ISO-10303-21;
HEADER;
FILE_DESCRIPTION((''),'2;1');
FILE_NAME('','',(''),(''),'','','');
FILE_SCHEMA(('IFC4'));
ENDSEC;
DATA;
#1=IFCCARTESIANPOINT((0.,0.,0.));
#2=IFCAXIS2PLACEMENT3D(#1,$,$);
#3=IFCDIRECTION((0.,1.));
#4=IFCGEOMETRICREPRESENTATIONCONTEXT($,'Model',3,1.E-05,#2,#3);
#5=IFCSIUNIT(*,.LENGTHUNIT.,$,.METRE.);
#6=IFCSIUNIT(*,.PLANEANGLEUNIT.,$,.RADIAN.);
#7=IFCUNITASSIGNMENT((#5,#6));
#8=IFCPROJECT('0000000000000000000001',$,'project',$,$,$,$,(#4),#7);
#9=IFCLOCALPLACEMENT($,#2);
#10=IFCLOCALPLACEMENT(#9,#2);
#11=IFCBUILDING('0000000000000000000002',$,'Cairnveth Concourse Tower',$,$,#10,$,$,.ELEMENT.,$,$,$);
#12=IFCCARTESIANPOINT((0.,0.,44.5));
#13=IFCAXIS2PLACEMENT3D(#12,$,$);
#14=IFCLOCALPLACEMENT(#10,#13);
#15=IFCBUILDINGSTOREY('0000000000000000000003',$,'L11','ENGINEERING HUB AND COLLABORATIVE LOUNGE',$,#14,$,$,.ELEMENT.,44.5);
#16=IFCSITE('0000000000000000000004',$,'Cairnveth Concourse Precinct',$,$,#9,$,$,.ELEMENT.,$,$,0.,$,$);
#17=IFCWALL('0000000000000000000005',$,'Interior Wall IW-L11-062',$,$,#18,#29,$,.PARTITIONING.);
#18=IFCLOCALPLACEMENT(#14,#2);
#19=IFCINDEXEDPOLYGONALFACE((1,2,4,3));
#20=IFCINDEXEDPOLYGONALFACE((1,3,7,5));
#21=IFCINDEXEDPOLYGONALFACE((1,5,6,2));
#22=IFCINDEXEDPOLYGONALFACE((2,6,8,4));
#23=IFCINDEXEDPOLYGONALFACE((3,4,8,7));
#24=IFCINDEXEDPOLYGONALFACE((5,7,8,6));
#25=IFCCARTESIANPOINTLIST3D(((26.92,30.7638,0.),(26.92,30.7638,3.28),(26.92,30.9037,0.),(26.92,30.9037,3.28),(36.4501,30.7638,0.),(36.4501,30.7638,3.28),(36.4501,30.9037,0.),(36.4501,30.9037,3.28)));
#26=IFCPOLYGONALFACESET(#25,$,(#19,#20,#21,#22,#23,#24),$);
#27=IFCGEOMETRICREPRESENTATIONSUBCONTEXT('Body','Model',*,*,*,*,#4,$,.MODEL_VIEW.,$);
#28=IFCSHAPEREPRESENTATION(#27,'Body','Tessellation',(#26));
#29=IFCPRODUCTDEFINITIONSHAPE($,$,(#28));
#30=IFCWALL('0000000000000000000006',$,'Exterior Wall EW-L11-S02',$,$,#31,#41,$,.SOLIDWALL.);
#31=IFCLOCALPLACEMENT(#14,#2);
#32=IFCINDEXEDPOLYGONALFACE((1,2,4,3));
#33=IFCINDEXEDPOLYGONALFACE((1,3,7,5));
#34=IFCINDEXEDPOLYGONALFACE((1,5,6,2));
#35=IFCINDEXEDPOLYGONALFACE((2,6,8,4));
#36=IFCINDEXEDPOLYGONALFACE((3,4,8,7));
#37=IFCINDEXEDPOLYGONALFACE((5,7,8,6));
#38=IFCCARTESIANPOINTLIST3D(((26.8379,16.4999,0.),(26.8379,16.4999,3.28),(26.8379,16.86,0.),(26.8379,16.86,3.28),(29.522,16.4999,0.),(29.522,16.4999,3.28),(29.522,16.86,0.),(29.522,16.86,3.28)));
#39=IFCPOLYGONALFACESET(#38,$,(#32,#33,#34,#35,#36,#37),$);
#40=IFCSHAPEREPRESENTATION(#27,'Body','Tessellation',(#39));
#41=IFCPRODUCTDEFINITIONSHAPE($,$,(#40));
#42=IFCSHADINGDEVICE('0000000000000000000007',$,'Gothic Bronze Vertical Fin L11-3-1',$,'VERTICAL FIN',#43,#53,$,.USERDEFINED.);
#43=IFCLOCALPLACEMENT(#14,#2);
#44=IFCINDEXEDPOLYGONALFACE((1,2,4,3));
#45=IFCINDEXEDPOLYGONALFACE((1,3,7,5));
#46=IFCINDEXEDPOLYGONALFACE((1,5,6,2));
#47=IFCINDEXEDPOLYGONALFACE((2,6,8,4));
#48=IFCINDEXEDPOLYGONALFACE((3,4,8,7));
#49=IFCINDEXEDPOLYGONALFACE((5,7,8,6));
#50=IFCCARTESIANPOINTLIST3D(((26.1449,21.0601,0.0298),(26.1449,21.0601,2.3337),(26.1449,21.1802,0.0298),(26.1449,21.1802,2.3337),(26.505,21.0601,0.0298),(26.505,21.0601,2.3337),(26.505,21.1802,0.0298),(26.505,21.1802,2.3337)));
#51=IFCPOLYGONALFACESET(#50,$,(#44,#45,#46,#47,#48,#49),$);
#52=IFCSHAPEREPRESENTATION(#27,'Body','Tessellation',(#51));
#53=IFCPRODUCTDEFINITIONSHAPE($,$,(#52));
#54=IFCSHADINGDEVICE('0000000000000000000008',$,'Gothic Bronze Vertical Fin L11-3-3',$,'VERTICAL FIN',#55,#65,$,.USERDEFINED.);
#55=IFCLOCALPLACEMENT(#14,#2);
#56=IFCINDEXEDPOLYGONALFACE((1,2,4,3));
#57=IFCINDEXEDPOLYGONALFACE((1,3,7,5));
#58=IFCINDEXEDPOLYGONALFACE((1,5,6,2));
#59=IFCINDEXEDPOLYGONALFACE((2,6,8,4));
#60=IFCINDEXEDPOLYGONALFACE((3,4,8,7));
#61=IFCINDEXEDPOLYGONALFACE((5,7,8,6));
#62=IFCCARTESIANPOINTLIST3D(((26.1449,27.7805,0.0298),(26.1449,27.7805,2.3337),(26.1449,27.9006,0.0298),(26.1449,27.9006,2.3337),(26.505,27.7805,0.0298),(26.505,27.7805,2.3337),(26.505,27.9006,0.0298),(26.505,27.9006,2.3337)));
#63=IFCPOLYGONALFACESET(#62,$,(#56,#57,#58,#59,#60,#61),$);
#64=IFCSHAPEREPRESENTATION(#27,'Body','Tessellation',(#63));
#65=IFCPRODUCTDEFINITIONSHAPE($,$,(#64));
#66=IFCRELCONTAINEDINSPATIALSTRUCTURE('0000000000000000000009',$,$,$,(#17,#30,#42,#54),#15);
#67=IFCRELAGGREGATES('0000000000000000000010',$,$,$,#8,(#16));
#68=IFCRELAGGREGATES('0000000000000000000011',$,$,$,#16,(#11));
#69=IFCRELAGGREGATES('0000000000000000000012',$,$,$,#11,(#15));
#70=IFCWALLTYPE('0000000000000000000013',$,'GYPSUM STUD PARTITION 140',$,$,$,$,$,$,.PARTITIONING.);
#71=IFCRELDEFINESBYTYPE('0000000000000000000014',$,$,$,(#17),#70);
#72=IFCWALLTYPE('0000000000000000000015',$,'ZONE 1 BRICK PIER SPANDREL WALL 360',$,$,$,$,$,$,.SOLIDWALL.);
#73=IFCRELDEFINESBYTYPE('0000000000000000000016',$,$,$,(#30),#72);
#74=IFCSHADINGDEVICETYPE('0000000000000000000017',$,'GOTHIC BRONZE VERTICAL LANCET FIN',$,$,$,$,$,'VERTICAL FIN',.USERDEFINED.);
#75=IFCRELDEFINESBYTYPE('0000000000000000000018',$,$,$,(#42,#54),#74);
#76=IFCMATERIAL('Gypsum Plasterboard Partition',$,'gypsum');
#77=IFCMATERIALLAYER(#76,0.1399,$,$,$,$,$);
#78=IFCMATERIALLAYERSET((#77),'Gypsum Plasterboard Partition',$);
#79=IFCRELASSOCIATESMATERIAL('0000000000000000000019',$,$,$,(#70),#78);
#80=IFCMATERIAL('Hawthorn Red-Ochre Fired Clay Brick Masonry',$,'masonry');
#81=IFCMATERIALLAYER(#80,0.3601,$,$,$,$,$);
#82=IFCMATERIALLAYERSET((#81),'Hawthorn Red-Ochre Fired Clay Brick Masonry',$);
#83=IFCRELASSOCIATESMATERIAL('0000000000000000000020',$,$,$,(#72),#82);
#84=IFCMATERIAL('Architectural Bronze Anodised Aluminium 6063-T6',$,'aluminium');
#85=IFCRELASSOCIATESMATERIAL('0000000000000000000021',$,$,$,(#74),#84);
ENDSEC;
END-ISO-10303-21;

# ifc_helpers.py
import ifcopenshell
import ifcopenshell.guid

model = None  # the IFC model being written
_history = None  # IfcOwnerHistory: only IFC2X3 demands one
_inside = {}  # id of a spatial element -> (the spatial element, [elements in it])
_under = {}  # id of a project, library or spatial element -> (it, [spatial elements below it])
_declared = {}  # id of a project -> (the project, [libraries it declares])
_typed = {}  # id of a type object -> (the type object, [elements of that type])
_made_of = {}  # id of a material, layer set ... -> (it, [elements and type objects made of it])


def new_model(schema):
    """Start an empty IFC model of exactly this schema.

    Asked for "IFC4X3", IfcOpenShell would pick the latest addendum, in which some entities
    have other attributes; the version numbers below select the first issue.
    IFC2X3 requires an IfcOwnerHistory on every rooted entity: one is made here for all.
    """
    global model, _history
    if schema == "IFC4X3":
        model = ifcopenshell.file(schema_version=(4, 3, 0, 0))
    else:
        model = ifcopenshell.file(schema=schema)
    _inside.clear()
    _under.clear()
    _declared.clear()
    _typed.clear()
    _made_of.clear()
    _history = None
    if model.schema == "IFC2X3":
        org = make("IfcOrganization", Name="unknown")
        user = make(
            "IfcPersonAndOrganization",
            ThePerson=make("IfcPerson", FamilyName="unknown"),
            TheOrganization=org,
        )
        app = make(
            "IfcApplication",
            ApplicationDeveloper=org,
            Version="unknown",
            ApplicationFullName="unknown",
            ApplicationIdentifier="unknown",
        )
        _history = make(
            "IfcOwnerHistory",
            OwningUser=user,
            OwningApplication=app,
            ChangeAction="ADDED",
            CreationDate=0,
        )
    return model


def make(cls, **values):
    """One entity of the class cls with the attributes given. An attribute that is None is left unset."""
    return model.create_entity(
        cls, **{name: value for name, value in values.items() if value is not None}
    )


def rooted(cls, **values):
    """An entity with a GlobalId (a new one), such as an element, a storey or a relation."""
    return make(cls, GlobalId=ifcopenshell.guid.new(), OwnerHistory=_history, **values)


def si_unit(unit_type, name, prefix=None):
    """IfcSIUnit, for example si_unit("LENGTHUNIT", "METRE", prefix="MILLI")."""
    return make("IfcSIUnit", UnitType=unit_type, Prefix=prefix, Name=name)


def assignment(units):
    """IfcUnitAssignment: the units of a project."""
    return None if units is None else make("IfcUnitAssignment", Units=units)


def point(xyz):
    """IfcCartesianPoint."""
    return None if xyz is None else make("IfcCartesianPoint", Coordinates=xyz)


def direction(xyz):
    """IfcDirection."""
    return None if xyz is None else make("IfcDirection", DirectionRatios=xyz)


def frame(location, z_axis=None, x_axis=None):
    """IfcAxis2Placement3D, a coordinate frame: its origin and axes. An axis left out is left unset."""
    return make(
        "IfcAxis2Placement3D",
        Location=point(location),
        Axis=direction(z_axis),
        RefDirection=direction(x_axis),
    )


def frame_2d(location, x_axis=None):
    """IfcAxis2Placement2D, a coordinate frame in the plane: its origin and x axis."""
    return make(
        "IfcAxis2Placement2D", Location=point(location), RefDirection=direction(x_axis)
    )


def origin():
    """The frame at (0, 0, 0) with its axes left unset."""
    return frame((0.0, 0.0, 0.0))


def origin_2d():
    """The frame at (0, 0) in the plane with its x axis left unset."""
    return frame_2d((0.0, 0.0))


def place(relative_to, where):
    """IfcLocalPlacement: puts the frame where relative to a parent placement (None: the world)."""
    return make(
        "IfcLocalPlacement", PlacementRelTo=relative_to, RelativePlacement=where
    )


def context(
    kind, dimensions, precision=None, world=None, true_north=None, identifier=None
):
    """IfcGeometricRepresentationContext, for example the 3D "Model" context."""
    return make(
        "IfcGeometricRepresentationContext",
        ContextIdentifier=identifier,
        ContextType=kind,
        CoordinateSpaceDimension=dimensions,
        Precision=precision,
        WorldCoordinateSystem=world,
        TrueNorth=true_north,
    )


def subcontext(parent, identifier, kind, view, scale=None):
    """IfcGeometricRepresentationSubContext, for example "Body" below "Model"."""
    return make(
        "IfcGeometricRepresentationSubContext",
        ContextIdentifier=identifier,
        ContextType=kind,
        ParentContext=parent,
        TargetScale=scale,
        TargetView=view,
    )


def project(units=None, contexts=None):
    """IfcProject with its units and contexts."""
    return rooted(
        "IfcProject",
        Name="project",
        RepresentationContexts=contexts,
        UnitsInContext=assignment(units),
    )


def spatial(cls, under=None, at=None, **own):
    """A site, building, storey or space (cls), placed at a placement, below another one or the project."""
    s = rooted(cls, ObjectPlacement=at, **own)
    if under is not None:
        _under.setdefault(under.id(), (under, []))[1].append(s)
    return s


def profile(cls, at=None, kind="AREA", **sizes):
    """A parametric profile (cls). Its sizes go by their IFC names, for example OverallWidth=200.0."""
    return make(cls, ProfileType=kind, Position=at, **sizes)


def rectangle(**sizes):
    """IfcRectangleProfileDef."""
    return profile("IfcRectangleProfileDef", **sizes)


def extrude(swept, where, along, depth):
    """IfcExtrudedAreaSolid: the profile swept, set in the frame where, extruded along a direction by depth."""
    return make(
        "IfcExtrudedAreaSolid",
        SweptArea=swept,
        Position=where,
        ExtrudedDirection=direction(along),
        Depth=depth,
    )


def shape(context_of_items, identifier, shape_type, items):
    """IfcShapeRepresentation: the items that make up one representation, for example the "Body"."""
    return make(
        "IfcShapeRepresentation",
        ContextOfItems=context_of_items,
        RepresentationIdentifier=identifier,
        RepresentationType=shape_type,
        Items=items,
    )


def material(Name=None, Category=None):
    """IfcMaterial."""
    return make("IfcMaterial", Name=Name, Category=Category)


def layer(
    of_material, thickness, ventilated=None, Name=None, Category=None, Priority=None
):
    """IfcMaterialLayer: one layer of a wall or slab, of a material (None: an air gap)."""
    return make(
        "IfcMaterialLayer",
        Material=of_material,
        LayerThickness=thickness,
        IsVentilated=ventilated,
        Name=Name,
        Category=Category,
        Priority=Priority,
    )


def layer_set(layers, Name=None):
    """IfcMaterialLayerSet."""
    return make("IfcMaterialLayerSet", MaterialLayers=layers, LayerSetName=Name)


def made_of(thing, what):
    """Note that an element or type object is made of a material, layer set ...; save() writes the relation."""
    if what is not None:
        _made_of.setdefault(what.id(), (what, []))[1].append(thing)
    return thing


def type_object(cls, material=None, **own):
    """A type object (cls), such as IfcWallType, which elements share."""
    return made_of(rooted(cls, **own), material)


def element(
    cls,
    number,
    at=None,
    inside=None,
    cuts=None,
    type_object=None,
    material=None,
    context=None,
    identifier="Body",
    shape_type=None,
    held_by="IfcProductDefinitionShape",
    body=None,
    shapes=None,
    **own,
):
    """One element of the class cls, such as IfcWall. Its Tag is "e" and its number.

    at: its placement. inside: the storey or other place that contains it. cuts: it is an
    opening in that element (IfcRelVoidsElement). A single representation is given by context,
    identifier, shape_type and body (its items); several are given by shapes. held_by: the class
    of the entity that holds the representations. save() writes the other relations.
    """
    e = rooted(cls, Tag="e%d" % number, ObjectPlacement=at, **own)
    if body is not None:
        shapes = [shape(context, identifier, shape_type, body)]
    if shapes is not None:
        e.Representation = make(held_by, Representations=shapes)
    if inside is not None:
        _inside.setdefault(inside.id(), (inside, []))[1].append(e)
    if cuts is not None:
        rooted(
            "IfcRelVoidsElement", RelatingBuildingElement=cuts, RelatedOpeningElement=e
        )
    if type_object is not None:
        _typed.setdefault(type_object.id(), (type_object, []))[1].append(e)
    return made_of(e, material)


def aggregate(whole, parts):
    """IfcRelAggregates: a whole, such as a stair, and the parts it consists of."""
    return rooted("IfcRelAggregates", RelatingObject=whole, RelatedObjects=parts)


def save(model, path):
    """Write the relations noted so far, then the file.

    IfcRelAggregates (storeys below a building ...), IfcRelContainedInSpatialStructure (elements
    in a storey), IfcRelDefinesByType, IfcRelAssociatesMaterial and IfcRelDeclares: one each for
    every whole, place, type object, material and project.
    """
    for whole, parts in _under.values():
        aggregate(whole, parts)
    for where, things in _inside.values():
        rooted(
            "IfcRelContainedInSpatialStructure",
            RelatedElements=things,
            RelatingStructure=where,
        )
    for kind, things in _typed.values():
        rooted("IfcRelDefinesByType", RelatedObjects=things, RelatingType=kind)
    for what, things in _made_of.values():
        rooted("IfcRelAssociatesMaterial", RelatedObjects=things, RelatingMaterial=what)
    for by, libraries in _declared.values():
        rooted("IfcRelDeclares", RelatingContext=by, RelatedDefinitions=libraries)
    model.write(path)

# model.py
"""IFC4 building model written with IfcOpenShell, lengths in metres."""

from ifc_helpers import new_model, si_unit, direction, frame, frame_2d, origin, origin_2d, place, context, subcontext, project, spatial, rectangle, extrude, material, layer, layer_set, type_object, element, save


model = new_model("IFC4")

# Units and contexts
model_context = context("Model", 3, precision=1e-05, world=origin(), true_north=direction((0.0, 1.0)))
body_context = subcontext(model_context, "Body", "Model", "MODEL_VIEW")
ifc_project = project(units=[si_unit("LENGTHUNIT", "METRE"), si_unit("PLANEANGLEUNIT", "RADIAN")], contexts=[model_context])

# Site, building, storey
site_placement = place(None, origin())
site = spatial("IfcSite", under=ifc_project, at=site_placement, Name="Cairnveth Concourse Precinct", CompositionType="ELEMENT", RefElevation=0.0)
building_placement = place(site_placement, origin())
building = spatial("IfcBuilding", under=site, at=building_placement, Name="Cairnveth Concourse Tower", CompositionType="ELEMENT")
storey_placement = place(building_placement, frame((0.0, 0.0, 44.5)))
storey = spatial("IfcBuildingStorey", under=building, at=storey_placement, Name="L11", Description="ENGINEERING HUB AND COLLABORATIVE LOUNGE", CompositionType="ELEMENT", Elevation=44.5)

# Walls
ifc_material_1 = material(Name="Gypsum Plasterboard Partition", Category="gypsum")
ifc_layer_1 = layer(ifc_material_1, 0.1399)
ifc_layer_set_1 = layer_set([ifc_layer_1], Name="Gypsum Plasterboard Partition")
wall_type_1 = type_object("IfcWallType", Name="GYPSUM STUD PARTITION 140", PredefinedType="PARTITIONING", material=ifc_layer_set_1)
wall_1_placement = place(storey_placement, frame((26.9199, 30.8337, 0.0), z_axis=(0.0, 0.0, 1.0), x_axis=(1.0, 0.0, 0.0)))
element("IfcWall", 1, at=wall_1_placement, inside=storey, type_object=wall_type_1, Name="Interior Wall IW-L11-062", PredefinedType="PARTITIONING", context=body_context, shape_type="SweptSolid", body=[
    extrude(rectangle(XDim=9.53, YDim=0.1399, at=frame_2d((4.7651, 0.0))), origin(), (0.0, 0.0, 1.0), 3.28),
])
ifc_material_2 = material(Name="Hawthorn Red-Ochre Fired Clay Brick Masonry", Category="masonry")
ifc_layer_2 = layer(ifc_material_2, 0.3601)
ifc_layer_set_2 = layer_set([ifc_layer_2], Name="Hawthorn Red-Ochre Fired Clay Brick Masonry")
wall_type_2 = type_object("IfcWallType", Name="ZONE 1 BRICK PIER SPANDREL WALL 360", PredefinedType="SOLIDWALL", material=ifc_layer_set_2)
wall_2_placement = place(storey_placement, frame((29.522, 16.6799, 0.0), z_axis=(0.0, 0.0, 1.0), x_axis=(-1.0, 0.0, 0.0)))
element("IfcWall", 2, at=wall_2_placement, inside=storey, type_object=wall_type_2, Name="Exterior Wall EW-L11-S02", PredefinedType="SOLIDWALL", context=body_context, shape_type="SweptSolid", body=[
    extrude(rectangle(XDim=2.6841, YDim=0.3601, at=frame_2d((1.342, 0.0))), origin(), (0.0, 0.0, 1.0), 3.28),
])

# Shading devices
ifc_material_3 = material(Name="Architectural Bronze Anodised Aluminium 6063-T6", Category="aluminium")
shading_device_type = type_object("IfcShadingDeviceType", Name="GOTHIC BRONZE VERTICAL LANCET FIN", ElementType="VERTICAL FIN", PredefinedType="USERDEFINED", material=ifc_material_3)
for number, where, z_axis, x_axis, name in (
    (3, (26.325, 21.1201, 0.0298), (0.0, 0.0, 1.0), (0.0, 1.0, 0.0), "Gothic Bronze Vertical Fin L11-3-1"),
    (4, (26.325, 27.8406, 0.0298), (0.0, 0.0, 1.0), (0.0, 1.0, 0.0), "Gothic Bronze Vertical Fin L11-3-3"),
):
    element("IfcShadingDevice", number, at=place(storey_placement, frame(where, z_axis=z_axis, x_axis=x_axis)), inside=storey, type_object=shading_device_type, Name=name, ObjectType="VERTICAL FIN", PredefinedType="USERDEFINED", context=body_context, shape_type="SweptSolid", body=[
        extrude(rectangle(XDim=0.1201, YDim=0.3601, at=origin_2d()), origin(), (0.0, 0.0, 1.0), 2.304),
    ])

save(model, "model.ifc")
